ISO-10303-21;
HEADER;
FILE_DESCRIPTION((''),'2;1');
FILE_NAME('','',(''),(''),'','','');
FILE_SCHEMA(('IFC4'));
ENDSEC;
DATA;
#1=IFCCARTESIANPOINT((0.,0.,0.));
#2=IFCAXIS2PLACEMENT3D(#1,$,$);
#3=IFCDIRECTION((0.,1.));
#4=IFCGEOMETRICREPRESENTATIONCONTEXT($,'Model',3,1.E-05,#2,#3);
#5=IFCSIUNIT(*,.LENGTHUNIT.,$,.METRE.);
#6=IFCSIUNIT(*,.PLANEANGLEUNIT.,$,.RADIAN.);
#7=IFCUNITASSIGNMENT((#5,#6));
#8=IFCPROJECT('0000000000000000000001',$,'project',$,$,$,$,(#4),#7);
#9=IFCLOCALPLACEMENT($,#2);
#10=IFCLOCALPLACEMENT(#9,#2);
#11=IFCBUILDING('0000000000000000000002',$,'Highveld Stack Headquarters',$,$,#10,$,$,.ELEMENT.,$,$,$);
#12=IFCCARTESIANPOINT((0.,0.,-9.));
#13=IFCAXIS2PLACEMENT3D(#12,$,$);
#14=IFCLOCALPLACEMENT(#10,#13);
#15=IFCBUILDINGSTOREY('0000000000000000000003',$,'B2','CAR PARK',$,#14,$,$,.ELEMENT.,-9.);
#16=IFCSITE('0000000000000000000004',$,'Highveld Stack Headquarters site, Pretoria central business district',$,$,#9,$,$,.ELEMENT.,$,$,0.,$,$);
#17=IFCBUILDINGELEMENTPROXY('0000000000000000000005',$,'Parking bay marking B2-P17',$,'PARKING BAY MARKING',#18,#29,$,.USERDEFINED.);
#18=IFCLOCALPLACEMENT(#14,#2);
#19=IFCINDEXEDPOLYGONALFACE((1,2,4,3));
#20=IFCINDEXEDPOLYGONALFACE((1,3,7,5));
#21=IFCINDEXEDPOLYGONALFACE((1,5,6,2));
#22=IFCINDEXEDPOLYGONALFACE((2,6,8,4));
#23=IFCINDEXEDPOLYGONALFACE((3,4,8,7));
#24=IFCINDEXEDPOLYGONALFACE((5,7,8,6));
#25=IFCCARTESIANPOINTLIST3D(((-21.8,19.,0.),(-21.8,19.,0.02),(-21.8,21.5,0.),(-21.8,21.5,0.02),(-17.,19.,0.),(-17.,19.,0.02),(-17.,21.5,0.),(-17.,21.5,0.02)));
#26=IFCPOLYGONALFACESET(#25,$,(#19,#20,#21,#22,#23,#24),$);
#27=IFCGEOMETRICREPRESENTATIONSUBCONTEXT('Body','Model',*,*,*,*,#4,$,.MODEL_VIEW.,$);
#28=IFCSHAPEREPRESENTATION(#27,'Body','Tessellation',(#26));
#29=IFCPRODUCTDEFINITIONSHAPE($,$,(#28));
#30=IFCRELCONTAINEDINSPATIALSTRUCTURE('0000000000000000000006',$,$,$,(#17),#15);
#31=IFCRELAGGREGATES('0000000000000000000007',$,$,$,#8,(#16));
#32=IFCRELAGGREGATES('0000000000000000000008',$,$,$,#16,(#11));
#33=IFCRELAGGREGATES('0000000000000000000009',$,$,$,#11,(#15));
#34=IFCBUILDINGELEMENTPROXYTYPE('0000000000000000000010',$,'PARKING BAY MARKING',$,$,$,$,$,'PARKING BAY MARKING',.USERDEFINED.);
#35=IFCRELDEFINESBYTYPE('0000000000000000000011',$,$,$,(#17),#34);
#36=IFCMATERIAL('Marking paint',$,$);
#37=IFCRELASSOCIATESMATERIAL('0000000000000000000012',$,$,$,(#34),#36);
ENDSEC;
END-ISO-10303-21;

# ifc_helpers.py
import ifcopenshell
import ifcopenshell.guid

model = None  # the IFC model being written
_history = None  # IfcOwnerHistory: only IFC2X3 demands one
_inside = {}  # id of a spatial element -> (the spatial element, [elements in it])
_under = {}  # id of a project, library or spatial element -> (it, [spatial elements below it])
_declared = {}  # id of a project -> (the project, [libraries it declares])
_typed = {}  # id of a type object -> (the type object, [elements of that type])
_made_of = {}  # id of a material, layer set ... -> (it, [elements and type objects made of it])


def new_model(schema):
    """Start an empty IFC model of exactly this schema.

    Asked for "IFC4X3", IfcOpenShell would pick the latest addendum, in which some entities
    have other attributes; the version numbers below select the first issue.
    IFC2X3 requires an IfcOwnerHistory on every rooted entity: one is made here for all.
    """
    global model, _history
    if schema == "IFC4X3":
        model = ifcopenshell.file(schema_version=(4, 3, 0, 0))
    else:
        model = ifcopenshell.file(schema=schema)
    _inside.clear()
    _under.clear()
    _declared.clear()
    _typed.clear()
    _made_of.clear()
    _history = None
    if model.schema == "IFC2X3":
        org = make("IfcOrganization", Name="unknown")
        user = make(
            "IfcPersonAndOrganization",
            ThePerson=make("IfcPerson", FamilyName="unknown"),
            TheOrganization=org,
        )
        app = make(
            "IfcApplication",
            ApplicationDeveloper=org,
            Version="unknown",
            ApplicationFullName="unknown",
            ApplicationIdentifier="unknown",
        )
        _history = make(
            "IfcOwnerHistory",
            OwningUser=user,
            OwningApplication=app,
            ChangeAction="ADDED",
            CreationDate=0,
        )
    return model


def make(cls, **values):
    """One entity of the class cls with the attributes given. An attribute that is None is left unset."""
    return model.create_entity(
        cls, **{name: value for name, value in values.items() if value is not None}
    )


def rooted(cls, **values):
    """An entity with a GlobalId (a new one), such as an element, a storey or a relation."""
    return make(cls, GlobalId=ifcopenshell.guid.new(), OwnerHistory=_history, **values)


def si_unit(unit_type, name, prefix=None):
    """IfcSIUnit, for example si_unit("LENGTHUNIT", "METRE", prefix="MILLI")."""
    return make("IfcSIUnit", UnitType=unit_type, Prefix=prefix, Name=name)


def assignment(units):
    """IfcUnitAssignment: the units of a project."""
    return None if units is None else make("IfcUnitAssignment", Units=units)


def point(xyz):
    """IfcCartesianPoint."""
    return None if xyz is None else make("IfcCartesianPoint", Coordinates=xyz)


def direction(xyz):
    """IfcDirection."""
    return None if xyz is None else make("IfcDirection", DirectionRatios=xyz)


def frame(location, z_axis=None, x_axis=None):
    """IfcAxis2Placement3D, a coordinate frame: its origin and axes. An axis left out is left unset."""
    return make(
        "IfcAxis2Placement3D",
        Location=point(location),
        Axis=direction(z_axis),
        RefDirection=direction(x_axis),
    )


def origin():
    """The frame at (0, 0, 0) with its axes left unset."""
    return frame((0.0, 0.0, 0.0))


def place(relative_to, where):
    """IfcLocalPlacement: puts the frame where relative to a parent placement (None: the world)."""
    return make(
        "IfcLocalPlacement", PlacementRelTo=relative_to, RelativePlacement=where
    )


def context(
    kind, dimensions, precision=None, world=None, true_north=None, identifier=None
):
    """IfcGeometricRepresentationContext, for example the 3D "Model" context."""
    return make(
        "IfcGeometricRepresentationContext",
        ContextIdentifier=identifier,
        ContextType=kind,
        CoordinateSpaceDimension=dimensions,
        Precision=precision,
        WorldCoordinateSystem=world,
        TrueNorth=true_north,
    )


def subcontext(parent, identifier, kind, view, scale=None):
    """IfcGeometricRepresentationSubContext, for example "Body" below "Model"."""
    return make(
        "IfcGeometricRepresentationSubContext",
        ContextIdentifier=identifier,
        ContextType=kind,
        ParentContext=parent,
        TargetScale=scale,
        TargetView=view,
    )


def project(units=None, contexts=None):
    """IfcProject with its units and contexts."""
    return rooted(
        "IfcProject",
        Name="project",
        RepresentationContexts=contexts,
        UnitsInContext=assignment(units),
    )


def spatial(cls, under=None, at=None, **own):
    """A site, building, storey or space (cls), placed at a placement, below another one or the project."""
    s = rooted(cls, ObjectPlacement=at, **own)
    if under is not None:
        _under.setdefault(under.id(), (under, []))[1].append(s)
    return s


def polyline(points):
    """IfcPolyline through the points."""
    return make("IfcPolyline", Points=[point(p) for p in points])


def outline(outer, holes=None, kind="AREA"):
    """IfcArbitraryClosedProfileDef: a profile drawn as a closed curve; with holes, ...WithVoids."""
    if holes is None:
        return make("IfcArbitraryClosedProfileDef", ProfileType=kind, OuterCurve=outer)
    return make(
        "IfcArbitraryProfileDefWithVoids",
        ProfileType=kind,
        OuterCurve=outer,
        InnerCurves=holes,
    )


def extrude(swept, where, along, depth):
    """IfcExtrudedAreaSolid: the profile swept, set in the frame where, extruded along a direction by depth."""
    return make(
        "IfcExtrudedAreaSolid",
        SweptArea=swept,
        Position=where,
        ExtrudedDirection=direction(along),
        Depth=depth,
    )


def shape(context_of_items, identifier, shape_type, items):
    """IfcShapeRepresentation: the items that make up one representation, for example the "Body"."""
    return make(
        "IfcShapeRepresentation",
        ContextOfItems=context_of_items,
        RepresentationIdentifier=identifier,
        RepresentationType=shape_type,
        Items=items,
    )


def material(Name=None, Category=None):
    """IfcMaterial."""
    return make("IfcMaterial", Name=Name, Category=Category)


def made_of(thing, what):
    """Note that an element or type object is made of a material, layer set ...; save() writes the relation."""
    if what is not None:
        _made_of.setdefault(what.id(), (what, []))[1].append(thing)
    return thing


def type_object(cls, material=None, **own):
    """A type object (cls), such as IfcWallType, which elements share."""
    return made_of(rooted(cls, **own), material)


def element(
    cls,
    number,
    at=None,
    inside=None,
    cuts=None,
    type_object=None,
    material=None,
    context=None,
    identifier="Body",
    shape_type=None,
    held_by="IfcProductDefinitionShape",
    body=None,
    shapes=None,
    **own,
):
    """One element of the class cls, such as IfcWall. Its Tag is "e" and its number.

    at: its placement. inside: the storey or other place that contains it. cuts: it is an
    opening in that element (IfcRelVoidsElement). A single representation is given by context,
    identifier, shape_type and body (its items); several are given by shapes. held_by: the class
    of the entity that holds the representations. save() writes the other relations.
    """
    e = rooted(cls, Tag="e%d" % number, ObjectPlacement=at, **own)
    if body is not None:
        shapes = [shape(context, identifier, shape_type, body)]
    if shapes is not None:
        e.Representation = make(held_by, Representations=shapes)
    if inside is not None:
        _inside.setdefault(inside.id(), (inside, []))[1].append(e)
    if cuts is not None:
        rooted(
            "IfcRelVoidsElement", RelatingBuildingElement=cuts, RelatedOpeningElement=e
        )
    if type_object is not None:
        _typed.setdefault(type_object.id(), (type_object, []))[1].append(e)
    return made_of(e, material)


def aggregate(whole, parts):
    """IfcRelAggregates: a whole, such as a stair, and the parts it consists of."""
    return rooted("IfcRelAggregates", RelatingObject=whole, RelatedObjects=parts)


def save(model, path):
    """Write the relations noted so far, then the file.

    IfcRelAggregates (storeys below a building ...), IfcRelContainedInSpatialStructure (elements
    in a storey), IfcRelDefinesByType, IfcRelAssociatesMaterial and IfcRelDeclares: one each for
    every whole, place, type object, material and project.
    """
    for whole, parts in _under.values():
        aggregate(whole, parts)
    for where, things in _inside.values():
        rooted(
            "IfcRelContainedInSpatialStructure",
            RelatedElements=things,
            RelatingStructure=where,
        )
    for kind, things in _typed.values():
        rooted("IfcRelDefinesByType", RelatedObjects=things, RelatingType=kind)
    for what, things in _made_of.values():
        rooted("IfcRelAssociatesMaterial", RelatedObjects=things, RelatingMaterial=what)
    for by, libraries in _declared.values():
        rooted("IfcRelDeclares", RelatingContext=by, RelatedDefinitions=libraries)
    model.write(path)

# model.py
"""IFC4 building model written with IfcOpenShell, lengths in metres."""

from ifc_helpers import new_model, si_unit, direction, frame, origin, place, context, subcontext, project, spatial, polyline, outline, extrude, material, type_object, element, save


model = new_model("IFC4")

# Units and contexts
model_context = context("Model", 3, precision=1e-05, world=origin(), true_north=direction((0.0, 1.0)))
body_context = subcontext(model_context, "Body", "Model", "MODEL_VIEW")
ifc_project = project(units=[si_unit("LENGTHUNIT", "METRE"), si_unit("PLANEANGLEUNIT", "RADIAN")], contexts=[model_context])

# Site, building, storey
site_placement = place(None, origin())
site = spatial("IfcSite", under=ifc_project, at=site_placement, Name="Highveld Stack Headquarters site, Pretoria central business district", CompositionType="ELEMENT", RefElevation=0.0)
building_placement = place(site_placement, origin())
building = spatial("IfcBuilding", under=site, at=building_placement, Name="Highveld Stack Headquarters", CompositionType="ELEMENT")
storey_placement = place(building_placement, frame((0.0, 0.0, -9.0)))
storey = spatial("IfcBuildingStorey", under=building, at=storey_placement, Name="B2", Description="CAR PARK", CompositionType="ELEMENT", Elevation=-9.0)

# Building element proxy
ifc_material_1 = material(Name="Marking paint")
building_element_proxy_type = type_object("IfcBuildingElementProxyType", Name="PARKING BAY MARKING", ElementType="PARKING BAY MARKING", PredefinedType="USERDEFINED", material=ifc_material_1)
proxy_1_placement = place(storey_placement, origin())
element("IfcBuildingElementProxy", 1, at=proxy_1_placement, inside=storey, type_object=building_element_proxy_type, Name="Parking bay marking B2-P17", ObjectType="PARKING BAY MARKING", PredefinedType="USERDEFINED", context=body_context, shape_type="SweptSolid", body=[
    extrude(outline(polyline([(-17.0, 19.0), (-17.0, 21.5), (-21.8, 21.5), (-21.8, 19.0), (-17.0, 19.0)])), origin(), (0.0, 0.0, 1.0), 0.02),
])

save(model, "model.ifc")
